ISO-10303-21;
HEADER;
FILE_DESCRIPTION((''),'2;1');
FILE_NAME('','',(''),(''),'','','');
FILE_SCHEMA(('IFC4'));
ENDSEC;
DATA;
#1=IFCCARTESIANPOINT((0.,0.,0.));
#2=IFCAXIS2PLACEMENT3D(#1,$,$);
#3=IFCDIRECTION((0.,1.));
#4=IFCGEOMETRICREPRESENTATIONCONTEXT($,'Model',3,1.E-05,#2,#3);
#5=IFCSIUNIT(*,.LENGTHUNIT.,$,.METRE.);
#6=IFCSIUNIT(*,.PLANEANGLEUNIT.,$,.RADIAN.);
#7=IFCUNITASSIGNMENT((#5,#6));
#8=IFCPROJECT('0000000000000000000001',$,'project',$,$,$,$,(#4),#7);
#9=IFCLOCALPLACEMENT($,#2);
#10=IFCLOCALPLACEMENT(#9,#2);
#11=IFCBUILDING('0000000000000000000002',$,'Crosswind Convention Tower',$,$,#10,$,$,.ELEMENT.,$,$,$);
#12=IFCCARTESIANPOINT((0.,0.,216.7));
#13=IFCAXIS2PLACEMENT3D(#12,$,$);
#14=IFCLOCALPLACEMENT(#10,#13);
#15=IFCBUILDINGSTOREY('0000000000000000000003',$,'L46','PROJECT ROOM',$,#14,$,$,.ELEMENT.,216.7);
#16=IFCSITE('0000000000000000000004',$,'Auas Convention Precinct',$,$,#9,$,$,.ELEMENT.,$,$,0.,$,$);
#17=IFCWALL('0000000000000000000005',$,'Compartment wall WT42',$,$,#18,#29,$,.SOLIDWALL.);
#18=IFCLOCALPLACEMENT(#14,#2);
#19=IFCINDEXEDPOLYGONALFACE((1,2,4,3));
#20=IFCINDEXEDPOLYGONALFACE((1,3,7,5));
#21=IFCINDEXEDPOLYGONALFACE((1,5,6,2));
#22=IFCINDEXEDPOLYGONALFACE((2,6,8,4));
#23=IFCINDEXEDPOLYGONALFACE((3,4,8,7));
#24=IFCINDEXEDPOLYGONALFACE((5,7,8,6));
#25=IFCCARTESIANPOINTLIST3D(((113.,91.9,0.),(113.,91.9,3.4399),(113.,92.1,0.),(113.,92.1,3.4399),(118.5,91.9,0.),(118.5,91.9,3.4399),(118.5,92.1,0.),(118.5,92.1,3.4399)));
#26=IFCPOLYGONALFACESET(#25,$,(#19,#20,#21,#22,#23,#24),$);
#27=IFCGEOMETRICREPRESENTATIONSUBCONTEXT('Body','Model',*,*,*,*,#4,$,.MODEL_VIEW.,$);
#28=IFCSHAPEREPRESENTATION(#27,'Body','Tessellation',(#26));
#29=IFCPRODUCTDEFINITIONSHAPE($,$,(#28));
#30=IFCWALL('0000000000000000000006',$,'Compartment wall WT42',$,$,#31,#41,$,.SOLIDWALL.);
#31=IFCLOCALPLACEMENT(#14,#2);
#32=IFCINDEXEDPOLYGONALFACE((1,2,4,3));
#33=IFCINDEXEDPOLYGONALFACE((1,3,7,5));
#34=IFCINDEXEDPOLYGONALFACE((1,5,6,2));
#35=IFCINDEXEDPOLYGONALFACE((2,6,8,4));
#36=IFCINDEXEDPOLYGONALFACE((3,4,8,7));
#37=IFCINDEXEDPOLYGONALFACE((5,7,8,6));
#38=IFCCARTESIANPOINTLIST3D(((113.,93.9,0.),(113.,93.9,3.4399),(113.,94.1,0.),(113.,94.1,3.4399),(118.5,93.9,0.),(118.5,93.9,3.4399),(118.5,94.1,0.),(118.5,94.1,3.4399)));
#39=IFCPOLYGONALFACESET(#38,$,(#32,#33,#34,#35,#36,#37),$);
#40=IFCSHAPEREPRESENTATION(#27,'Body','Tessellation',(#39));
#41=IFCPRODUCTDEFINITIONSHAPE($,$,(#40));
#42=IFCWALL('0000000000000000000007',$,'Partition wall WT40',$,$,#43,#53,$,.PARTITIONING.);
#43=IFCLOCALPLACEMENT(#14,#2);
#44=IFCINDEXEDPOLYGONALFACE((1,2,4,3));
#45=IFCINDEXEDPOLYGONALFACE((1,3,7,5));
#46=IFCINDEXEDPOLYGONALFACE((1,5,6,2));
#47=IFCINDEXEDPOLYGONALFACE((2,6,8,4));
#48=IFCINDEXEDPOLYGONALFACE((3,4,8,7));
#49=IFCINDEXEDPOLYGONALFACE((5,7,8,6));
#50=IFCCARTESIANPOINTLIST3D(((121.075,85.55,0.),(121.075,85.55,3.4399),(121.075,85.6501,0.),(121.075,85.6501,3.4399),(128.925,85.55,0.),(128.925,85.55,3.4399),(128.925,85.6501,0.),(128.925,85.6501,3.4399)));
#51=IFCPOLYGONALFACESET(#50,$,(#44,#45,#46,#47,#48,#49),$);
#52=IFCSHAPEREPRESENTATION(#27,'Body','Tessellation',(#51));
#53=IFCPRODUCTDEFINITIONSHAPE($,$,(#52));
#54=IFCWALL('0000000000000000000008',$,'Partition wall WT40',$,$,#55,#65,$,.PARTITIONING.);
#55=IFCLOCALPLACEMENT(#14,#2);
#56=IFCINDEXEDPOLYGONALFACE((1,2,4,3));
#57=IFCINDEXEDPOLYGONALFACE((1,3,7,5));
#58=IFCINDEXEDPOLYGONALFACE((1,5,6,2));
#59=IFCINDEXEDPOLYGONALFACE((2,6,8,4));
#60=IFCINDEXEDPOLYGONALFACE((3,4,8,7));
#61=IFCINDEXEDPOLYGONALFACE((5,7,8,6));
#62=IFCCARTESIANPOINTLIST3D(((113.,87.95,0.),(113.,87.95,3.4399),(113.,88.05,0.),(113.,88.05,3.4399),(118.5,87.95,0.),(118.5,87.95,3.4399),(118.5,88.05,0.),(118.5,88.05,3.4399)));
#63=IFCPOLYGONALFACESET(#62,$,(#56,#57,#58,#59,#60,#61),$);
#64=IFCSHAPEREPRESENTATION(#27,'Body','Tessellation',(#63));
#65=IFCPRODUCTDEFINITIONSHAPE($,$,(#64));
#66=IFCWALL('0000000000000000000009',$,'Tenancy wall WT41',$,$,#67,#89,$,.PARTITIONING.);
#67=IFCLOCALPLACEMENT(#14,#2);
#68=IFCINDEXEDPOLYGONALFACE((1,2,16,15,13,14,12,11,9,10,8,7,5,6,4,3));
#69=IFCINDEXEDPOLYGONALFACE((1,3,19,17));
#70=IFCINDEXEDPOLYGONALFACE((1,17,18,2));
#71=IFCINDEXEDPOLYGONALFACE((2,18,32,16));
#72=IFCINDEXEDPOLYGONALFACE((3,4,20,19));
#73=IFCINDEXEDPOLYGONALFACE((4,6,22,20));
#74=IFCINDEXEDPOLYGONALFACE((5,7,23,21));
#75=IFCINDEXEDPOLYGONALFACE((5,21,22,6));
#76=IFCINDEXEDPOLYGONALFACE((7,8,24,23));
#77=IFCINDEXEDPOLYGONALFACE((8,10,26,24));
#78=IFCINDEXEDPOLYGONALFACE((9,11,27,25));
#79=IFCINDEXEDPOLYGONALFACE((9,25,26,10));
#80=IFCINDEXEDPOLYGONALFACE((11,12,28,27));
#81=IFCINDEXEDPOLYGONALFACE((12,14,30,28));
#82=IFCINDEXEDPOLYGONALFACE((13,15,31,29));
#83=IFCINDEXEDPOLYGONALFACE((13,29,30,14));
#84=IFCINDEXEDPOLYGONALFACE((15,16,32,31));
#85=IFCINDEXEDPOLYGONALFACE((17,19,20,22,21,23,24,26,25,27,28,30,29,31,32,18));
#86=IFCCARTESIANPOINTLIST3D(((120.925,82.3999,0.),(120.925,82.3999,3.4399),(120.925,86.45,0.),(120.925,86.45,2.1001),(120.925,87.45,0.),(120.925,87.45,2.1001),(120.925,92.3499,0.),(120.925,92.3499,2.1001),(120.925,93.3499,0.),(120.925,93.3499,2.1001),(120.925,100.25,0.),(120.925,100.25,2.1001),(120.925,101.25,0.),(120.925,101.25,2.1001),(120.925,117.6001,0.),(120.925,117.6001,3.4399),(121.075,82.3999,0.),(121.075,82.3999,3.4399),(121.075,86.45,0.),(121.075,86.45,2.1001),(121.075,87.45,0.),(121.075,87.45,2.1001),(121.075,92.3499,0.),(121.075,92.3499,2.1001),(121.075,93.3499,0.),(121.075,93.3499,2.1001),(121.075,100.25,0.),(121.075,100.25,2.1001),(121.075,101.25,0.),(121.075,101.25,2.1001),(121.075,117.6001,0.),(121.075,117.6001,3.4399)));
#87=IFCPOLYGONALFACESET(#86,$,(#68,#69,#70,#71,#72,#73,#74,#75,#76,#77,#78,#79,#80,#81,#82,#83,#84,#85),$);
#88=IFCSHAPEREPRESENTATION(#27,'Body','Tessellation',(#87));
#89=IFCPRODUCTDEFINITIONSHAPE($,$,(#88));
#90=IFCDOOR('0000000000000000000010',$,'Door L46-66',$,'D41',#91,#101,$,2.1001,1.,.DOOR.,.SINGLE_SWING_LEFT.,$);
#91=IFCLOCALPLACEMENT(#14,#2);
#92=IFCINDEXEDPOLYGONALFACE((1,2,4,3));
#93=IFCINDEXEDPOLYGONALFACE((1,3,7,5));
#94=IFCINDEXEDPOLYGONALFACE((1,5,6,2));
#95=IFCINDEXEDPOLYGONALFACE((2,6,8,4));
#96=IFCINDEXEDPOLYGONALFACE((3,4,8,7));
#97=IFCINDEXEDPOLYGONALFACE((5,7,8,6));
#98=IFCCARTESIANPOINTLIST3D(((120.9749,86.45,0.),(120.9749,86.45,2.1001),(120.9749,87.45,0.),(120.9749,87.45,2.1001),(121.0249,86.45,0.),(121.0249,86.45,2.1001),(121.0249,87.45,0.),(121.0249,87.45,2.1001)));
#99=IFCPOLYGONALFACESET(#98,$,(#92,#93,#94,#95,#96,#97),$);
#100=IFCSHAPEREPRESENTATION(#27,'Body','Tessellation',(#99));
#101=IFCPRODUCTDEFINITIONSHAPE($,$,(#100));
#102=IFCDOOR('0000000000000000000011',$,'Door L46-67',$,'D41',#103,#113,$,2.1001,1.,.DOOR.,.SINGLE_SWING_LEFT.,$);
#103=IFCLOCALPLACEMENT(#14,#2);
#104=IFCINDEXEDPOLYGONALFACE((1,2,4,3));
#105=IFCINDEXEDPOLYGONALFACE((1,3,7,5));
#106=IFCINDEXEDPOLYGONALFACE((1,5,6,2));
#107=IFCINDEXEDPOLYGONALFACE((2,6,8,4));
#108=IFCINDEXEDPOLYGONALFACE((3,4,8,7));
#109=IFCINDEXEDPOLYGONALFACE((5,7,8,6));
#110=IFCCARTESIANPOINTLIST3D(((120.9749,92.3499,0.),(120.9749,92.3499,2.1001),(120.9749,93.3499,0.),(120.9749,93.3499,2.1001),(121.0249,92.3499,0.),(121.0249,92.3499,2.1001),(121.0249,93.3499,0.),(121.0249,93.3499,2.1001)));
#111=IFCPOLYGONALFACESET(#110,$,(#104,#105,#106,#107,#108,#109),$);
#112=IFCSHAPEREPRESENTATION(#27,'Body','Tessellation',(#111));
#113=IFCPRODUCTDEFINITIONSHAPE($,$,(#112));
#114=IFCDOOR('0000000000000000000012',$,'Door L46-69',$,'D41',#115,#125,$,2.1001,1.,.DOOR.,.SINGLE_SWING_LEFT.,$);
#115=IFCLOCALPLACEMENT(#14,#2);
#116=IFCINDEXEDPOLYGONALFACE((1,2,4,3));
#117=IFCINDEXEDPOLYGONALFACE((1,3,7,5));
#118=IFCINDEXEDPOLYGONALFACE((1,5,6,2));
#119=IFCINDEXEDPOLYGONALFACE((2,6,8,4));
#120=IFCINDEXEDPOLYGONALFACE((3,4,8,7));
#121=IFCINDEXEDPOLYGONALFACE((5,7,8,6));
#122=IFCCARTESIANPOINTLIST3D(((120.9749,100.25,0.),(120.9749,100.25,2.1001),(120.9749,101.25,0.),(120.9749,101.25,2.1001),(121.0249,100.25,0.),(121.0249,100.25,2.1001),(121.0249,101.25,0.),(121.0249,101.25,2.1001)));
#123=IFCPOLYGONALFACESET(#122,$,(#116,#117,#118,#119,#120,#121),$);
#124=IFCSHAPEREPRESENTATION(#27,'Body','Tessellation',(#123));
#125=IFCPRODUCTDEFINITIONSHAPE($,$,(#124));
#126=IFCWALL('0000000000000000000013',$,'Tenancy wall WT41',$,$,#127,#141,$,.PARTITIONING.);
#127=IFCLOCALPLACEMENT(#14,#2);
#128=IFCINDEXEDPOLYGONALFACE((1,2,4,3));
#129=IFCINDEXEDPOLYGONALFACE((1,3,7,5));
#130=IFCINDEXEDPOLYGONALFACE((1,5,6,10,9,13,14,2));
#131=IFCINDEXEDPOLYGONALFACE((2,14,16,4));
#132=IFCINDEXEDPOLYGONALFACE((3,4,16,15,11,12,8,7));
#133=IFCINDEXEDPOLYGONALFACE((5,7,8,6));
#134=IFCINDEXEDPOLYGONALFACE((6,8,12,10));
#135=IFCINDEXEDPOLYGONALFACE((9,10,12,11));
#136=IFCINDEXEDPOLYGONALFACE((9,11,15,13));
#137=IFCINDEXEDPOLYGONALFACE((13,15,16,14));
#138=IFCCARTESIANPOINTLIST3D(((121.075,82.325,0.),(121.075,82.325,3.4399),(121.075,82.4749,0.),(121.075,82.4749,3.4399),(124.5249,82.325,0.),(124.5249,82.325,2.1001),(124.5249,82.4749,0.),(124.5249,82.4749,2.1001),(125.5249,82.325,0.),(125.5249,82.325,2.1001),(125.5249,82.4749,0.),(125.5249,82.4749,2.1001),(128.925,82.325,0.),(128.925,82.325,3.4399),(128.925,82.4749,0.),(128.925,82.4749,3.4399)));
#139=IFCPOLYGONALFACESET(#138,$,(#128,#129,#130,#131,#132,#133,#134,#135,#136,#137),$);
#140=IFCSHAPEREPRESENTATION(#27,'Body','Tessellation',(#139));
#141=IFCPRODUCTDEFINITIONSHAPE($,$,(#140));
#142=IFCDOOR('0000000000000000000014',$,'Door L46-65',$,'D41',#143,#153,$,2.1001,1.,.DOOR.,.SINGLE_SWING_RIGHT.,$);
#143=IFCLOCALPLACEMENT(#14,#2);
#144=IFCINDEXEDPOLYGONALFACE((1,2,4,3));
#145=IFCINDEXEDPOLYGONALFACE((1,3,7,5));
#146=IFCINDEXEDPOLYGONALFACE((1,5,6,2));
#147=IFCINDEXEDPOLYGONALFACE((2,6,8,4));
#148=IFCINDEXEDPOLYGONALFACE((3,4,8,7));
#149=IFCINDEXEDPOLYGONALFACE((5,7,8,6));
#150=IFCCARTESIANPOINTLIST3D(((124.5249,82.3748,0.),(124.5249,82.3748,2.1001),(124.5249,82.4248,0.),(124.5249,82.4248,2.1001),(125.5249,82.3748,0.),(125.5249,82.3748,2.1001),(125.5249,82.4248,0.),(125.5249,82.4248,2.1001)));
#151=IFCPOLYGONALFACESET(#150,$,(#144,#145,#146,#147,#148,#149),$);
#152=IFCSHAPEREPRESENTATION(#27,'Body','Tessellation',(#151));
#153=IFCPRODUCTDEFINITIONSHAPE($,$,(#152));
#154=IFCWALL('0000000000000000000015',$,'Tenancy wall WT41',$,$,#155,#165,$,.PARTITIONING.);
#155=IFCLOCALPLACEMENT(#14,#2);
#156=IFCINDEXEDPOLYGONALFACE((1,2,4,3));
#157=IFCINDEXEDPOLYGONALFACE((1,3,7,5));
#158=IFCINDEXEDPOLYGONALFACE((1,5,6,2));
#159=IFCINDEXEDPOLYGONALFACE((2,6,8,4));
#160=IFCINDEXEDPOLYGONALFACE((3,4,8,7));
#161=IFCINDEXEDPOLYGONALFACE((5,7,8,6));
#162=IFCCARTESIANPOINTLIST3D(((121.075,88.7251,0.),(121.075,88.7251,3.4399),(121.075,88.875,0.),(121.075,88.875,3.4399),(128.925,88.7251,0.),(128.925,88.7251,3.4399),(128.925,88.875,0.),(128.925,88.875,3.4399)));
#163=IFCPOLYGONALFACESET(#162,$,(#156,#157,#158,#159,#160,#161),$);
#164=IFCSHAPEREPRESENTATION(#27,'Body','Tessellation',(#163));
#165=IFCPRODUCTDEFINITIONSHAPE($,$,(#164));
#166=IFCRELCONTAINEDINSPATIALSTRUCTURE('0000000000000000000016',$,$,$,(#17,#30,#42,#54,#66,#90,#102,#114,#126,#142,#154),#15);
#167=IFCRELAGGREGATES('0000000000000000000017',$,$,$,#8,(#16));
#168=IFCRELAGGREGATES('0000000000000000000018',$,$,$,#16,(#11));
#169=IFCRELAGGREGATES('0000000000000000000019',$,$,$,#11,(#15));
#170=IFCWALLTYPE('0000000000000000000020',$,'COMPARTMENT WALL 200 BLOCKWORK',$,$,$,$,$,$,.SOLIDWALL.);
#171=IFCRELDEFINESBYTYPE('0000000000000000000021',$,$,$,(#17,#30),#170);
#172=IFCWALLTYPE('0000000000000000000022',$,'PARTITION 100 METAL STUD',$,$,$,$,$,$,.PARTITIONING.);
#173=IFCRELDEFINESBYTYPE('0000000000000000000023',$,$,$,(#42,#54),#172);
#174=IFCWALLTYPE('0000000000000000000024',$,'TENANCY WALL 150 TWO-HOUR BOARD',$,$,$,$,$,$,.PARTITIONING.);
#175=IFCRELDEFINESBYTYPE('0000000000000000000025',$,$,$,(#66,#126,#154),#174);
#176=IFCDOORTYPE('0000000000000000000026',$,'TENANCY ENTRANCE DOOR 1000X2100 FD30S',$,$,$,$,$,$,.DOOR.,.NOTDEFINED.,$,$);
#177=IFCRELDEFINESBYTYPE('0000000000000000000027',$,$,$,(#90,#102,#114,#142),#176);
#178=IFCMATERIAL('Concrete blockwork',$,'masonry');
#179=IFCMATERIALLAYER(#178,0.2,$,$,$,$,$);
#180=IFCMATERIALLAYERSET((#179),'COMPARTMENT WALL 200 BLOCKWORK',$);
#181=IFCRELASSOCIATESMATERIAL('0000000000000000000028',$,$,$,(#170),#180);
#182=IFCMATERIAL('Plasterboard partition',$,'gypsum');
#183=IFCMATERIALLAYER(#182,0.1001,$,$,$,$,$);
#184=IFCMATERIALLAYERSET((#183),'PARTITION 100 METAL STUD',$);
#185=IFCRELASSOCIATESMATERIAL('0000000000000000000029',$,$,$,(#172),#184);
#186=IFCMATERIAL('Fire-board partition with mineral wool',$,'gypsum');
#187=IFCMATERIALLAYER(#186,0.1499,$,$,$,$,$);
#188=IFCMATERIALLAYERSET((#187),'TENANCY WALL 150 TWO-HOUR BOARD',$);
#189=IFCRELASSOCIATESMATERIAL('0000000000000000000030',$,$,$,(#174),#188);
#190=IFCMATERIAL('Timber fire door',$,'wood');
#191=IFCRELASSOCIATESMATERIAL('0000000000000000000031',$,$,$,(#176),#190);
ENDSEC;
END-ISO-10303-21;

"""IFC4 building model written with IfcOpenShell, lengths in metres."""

from ifc_helpers import new_model, si_unit, direction, frame, frame_2d, origin, place, context, subcontext, project, spatial, rectangle, extrude, material, layer, layer_set, type_object, element, fill, save


model = new_model("IFC4")

# Units and contexts
model_context = context("Model", 3, precision=1e-05, world=origin(), true_north=direction((0.0, 1.0)))
body_context = subcontext(model_context, "Body", "Model", "MODEL_VIEW")
ifc_project = project(units=[si_unit("LENGTHUNIT", "METRE"), si_unit("PLANEANGLEUNIT", "RADIAN")], contexts=[model_context])

# Site, building, storey
site_placement = place(None, origin())
site = spatial("IfcSite", under=ifc_project, at=site_placement, Name="Auas Convention Precinct", CompositionType="ELEMENT", RefElevation=0.0)
building_placement = place(site_placement, origin())
building = spatial("IfcBuilding", under=site, at=building_placement, Name="Crosswind Convention Tower", CompositionType="ELEMENT")
storey_placement = place(building_placement, frame((0.0, 0.0, 216.7)))
storey = spatial("IfcBuildingStorey", under=building, at=storey_placement, Name="L46", Description="PROJECT ROOM", CompositionType="ELEMENT", Elevation=216.7)

# Walls
ifc_material_1 = material(Name="Concrete blockwork", Category="masonry")
ifc_layer_1 = layer(ifc_material_1, 0.2)
ifc_layer_set_1 = layer_set([ifc_layer_1], Name="COMPARTMENT WALL 200 BLOCKWORK")
wall_type_1 = type_object("IfcWallType", Name="COMPARTMENT WALL 200 BLOCKWORK", PredefinedType="SOLIDWALL", material=ifc_layer_set_1)
for number, where, z_axis, x_axis, name in (
    (1, (113.0, 92.0, 0.0), (0.0, 0.0, 1.0), (1.0, 0.0, 0.0), "Compartment wall WT42"),
    (2, (113.0, 94.0, 0.0), (0.0, 0.0, 1.0), (1.0, 0.0, 0.0), "Compartment wall WT42"),
):
    element("IfcWall", number, at=place(storey_placement, frame(where, z_axis=z_axis, x_axis=x_axis)), inside=storey, type_object=wall_type_1, Name=name, PredefinedType="SOLIDWALL", context=body_context, shape_type="SweptSolid", body=[
        extrude(rectangle(XDim=5.5, YDim=0.2, at=frame_2d((2.75, 0.0))), origin(), (0.0, 0.0, 1.0), 3.4399),
    ])
ifc_material_2 = material(Name="Plasterboard partition", Category="gypsum")
ifc_layer_2 = layer(ifc_material_2, 0.1001)
ifc_layer_set_2 = layer_set([ifc_layer_2], Name="PARTITION 100 METAL STUD")
wall_type_2 = type_object("IfcWallType", Name="PARTITION 100 METAL STUD", PredefinedType="PARTITIONING", material=ifc_layer_set_2)
wall_1_placement = place(storey_placement, frame((121.075, 85.6001, 0.0), z_axis=(0.0, 0.0, 1.0), x_axis=(1.0, 0.0, 0.0)))
element("IfcWall", 3, at=wall_1_placement, inside=storey, type_object=wall_type_2, Name="Partition wall WT40", PredefinedType="PARTITIONING", context=body_context, shape_type="SweptSolid", body=[
    extrude(rectangle(XDim=7.8501, YDim=0.1001, at=frame_2d((3.925, 0.0))), origin(), (0.0, 0.0, 1.0), 3.4399),
])
wall_2_placement = place(storey_placement, frame((113.0, 88.0, 0.0), z_axis=(0.0, 0.0, 1.0), x_axis=(1.0, 0.0, 0.0)))
element("IfcWall", 4, at=wall_2_placement, inside=storey, type_object=wall_type_2, Name="Partition wall WT40", PredefinedType="PARTITIONING", context=body_context, shape_type="SweptSolid", body=[
    extrude(rectangle(XDim=5.5, YDim=0.1001, at=frame_2d((2.75, 0.0))), origin(), (0.0, 0.0, 1.0), 3.4399),
])

# Wall, openings, doors
ifc_material_3 = material(Name="Fire-board partition with mineral wool", Category="gypsum")
ifc_layer_3 = layer(ifc_material_3, 0.1499)
ifc_layer_set_3 = layer_set([ifc_layer_3], Name="TENANCY WALL 150 TWO-HOUR BOARD")
wall_type_3 = type_object("IfcWallType", Name="TENANCY WALL 150 TWO-HOUR BOARD", PredefinedType="PARTITIONING", material=ifc_layer_set_3)
wall_3_placement = place(storey_placement, frame((121.0, 82.3999, 0.0), z_axis=(0.0, 0.0, 1.0), x_axis=(0.0, 1.0, 0.0)))
wall_3 = element("IfcWall", 5, at=wall_3_placement, inside=storey, type_object=wall_type_3, Name="Tenancy wall WT41", PredefinedType="PARTITIONING", context=body_context, shape_type="SweptSolid", body=[
    extrude(rectangle(XDim=35.2002, YDim=0.1499, at=frame_2d((17.6001, 0.0))), origin(), (0.0, 0.0, 1.0), 3.4399),
])
opening_1_placement = place(wall_3_placement, frame((4.05, 0.0, 0.0)))
opening_1 = element("IfcOpeningElement", 6, at=opening_1_placement, cuts=wall_3, PredefinedType="OPENING", context=body_context, shape_type="SweptSolid", body=[
    extrude(rectangle(XDim=1.0, YDim=2.1001, at=frame_2d((0.5, 1.05))), frame((0.0, 0.085, 0.0), z_axis=(0.0, -1.0, 0.0), x_axis=(1.0, 0.0, 0.0)), (0.0, 0.0, 1.0), 0.1699),
])
opening_2_placement = place(wall_3_placement, frame((9.95, 0.0, 0.0)))
opening_2 = element("IfcOpeningElement", 7, at=opening_2_placement, cuts=wall_3, PredefinedType="OPENING", context=body_context, shape_type="SweptSolid", body=[
    extrude(rectangle(XDim=1.0, YDim=2.1001, at=frame_2d((0.5, 1.05))), frame((0.0, 0.085, 0.0), z_axis=(0.0, -1.0, 0.0), x_axis=(1.0, 0.0, 0.0)), (0.0, 0.0, 1.0), 0.1699),
])
opening_3_placement = place(wall_3_placement, frame((17.8501, 0.0, 0.0)))
opening_3 = element("IfcOpeningElement", 8, at=opening_3_placement, cuts=wall_3, PredefinedType="OPENING", context=body_context, shape_type="SweptSolid", body=[
    extrude(rectangle(XDim=1.0, YDim=2.1001, at=frame_2d((0.5, 1.05))), frame((0.0, 0.085, 0.0), z_axis=(0.0, -1.0, 0.0), x_axis=(1.0, 0.0, 0.0)), (0.0, 0.0, 1.0), 0.1699),
])
ifc_material_4 = material(Name="Timber fire door", Category="wood")
door_type = type_object("IfcDoorType", Name="TENANCY ENTRANCE DOOR 1000X2100 FD30S", OperationType="NOTDEFINED", PredefinedType="DOOR", material=ifc_material_4)
door_1_placement = place(opening_1_placement, frame((1.0, 0.0, 0.0), z_axis=(0.0, 0.0, 1.0), x_axis=(-1.0, 0.0, 0.0)))
door_1 = element("IfcDoor", 9, at=door_1_placement, inside=storey, type_object=door_type, Name="Door L46-66", ObjectType="D41", OperationType="SINGLE_SWING_LEFT", OverallHeight=2.1001, OverallWidth=1.0, PredefinedType="DOOR", context=body_context, shape_type="SweptSolid", body=[
    extrude(rectangle(XDim=1.0, YDim=2.1001, at=frame_2d((0.5, 1.05))), frame((0.0, 0.0249, 0.0), z_axis=(0.0, -1.0, 0.0), x_axis=(1.0, 0.0, 0.0)), (0.0, 0.0, 1.0), 0.05),
])
fill(opening_1, door_1)
door_2_placement = place(opening_2_placement, frame((1.0, 0.0, 0.0), z_axis=(0.0, 0.0, 1.0), x_axis=(-1.0, 0.0, 0.0)))
door_2 = element("IfcDoor", 10, at=door_2_placement, inside=storey, type_object=door_type, Name="Door L46-67", ObjectType="D41", OperationType="SINGLE_SWING_LEFT", OverallHeight=2.1001, OverallWidth=1.0, PredefinedType="DOOR", context=body_context, shape_type="SweptSolid", body=[
    extrude(rectangle(XDim=1.0, YDim=2.1001, at=frame_2d((0.5, 1.05))), frame((0.0, 0.0249, 0.0), z_axis=(0.0, -1.0, 0.0), x_axis=(1.0, 0.0, 0.0)), (0.0, 0.0, 1.0), 0.05),
])
fill(opening_2, door_2)
door_3_placement = place(opening_3_placement, frame((1.0, 0.0, 0.0), z_axis=(0.0, 0.0, 1.0), x_axis=(-1.0, 0.0, 0.0)))
door_3 = element("IfcDoor", 11, at=door_3_placement, inside=storey, type_object=door_type, Name="Door L46-69", ObjectType="D41", OperationType="SINGLE_SWING_LEFT", OverallHeight=2.1001, OverallWidth=1.0, PredefinedType="DOOR", context=body_context, shape_type="SweptSolid", body=[
    extrude(rectangle(XDim=1.0, YDim=2.1001, at=frame_2d((0.5, 1.05))), frame((0.0, 0.0249, 0.0), z_axis=(0.0, -1.0, 0.0), x_axis=(1.0, 0.0, 0.0)), (0.0, 0.0, 1.0), 0.05),
])
fill(opening_3, door_3)

# Wall, opening, door
wall_4_placement = place(storey_placement, frame((121.075, 82.3999, 0.0), z_axis=(0.0, 0.0, 1.0), x_axis=(1.0, 0.0, 0.0)))
wall_4 = element("IfcWall", 12, at=wall_4_placement, inside=storey, type_object=wall_type_3, Name="Tenancy wall WT41", PredefinedType="PARTITIONING", context=body_context, shape_type="SweptSolid", body=[
    extrude(rectangle(XDim=7.8501, YDim=0.1499, at=frame_2d((3.925, 0.0))), origin(), (0.0, 0.0, 1.0), 3.4399),
])
opening_4_placement = place(wall_4_placement, frame((3.45, 0.0, 0.0)))
opening_4 = element("IfcOpeningElement", 13, at=opening_4_placement, cuts=wall_4, PredefinedType="OPENING", context=body_context, shape_type="SweptSolid", body=[
    extrude(rectangle(XDim=1.0, YDim=2.1001, at=frame_2d((0.5, 1.05))), frame((0.0, 0.085, 0.0), z_axis=(0.0, -1.0, 0.0), x_axis=(1.0, 0.0, 0.0)), (0.0, 0.0, 1.0), 0.1699),
])
door_4_placement = place(opening_4_placement, origin())
door_4 = element("IfcDoor", 14, at=door_4_placement, inside=storey, type_object=door_type, Name="Door L46-65", ObjectType="D41", OperationType="SINGLE_SWING_RIGHT", OverallHeight=2.1001, OverallWidth=1.0, PredefinedType="DOOR", context=body_context, shape_type="SweptSolid", body=[
    extrude(rectangle(XDim=1.0, YDim=2.1001, at=frame_2d((0.5, 1.05))), frame((0.0, 0.0249, 0.0), z_axis=(0.0, -1.0, 0.0), x_axis=(1.0, 0.0, 0.0)), (0.0, 0.0, 1.0), 0.05),
])
fill(opening_4, door_4)

# Wall
wall_5_placement = place(storey_placement, frame((121.075, 88.8, 0.0), z_axis=(0.0, 0.0, 1.0), x_axis=(1.0, 0.0, 0.0)))
element("IfcWall", 15, at=wall_5_placement, inside=storey, type_object=wall_type_3, Name="Tenancy wall WT41", PredefinedType="PARTITIONING", context=body_context, shape_type="SweptSolid", body=[
    extrude(rectangle(XDim=7.8501, YDim=0.1499, at=frame_2d((3.925, 0.0))), origin(), (0.0, 0.0, 1.0), 3.4399),
])

save(model, "model.ifc")
